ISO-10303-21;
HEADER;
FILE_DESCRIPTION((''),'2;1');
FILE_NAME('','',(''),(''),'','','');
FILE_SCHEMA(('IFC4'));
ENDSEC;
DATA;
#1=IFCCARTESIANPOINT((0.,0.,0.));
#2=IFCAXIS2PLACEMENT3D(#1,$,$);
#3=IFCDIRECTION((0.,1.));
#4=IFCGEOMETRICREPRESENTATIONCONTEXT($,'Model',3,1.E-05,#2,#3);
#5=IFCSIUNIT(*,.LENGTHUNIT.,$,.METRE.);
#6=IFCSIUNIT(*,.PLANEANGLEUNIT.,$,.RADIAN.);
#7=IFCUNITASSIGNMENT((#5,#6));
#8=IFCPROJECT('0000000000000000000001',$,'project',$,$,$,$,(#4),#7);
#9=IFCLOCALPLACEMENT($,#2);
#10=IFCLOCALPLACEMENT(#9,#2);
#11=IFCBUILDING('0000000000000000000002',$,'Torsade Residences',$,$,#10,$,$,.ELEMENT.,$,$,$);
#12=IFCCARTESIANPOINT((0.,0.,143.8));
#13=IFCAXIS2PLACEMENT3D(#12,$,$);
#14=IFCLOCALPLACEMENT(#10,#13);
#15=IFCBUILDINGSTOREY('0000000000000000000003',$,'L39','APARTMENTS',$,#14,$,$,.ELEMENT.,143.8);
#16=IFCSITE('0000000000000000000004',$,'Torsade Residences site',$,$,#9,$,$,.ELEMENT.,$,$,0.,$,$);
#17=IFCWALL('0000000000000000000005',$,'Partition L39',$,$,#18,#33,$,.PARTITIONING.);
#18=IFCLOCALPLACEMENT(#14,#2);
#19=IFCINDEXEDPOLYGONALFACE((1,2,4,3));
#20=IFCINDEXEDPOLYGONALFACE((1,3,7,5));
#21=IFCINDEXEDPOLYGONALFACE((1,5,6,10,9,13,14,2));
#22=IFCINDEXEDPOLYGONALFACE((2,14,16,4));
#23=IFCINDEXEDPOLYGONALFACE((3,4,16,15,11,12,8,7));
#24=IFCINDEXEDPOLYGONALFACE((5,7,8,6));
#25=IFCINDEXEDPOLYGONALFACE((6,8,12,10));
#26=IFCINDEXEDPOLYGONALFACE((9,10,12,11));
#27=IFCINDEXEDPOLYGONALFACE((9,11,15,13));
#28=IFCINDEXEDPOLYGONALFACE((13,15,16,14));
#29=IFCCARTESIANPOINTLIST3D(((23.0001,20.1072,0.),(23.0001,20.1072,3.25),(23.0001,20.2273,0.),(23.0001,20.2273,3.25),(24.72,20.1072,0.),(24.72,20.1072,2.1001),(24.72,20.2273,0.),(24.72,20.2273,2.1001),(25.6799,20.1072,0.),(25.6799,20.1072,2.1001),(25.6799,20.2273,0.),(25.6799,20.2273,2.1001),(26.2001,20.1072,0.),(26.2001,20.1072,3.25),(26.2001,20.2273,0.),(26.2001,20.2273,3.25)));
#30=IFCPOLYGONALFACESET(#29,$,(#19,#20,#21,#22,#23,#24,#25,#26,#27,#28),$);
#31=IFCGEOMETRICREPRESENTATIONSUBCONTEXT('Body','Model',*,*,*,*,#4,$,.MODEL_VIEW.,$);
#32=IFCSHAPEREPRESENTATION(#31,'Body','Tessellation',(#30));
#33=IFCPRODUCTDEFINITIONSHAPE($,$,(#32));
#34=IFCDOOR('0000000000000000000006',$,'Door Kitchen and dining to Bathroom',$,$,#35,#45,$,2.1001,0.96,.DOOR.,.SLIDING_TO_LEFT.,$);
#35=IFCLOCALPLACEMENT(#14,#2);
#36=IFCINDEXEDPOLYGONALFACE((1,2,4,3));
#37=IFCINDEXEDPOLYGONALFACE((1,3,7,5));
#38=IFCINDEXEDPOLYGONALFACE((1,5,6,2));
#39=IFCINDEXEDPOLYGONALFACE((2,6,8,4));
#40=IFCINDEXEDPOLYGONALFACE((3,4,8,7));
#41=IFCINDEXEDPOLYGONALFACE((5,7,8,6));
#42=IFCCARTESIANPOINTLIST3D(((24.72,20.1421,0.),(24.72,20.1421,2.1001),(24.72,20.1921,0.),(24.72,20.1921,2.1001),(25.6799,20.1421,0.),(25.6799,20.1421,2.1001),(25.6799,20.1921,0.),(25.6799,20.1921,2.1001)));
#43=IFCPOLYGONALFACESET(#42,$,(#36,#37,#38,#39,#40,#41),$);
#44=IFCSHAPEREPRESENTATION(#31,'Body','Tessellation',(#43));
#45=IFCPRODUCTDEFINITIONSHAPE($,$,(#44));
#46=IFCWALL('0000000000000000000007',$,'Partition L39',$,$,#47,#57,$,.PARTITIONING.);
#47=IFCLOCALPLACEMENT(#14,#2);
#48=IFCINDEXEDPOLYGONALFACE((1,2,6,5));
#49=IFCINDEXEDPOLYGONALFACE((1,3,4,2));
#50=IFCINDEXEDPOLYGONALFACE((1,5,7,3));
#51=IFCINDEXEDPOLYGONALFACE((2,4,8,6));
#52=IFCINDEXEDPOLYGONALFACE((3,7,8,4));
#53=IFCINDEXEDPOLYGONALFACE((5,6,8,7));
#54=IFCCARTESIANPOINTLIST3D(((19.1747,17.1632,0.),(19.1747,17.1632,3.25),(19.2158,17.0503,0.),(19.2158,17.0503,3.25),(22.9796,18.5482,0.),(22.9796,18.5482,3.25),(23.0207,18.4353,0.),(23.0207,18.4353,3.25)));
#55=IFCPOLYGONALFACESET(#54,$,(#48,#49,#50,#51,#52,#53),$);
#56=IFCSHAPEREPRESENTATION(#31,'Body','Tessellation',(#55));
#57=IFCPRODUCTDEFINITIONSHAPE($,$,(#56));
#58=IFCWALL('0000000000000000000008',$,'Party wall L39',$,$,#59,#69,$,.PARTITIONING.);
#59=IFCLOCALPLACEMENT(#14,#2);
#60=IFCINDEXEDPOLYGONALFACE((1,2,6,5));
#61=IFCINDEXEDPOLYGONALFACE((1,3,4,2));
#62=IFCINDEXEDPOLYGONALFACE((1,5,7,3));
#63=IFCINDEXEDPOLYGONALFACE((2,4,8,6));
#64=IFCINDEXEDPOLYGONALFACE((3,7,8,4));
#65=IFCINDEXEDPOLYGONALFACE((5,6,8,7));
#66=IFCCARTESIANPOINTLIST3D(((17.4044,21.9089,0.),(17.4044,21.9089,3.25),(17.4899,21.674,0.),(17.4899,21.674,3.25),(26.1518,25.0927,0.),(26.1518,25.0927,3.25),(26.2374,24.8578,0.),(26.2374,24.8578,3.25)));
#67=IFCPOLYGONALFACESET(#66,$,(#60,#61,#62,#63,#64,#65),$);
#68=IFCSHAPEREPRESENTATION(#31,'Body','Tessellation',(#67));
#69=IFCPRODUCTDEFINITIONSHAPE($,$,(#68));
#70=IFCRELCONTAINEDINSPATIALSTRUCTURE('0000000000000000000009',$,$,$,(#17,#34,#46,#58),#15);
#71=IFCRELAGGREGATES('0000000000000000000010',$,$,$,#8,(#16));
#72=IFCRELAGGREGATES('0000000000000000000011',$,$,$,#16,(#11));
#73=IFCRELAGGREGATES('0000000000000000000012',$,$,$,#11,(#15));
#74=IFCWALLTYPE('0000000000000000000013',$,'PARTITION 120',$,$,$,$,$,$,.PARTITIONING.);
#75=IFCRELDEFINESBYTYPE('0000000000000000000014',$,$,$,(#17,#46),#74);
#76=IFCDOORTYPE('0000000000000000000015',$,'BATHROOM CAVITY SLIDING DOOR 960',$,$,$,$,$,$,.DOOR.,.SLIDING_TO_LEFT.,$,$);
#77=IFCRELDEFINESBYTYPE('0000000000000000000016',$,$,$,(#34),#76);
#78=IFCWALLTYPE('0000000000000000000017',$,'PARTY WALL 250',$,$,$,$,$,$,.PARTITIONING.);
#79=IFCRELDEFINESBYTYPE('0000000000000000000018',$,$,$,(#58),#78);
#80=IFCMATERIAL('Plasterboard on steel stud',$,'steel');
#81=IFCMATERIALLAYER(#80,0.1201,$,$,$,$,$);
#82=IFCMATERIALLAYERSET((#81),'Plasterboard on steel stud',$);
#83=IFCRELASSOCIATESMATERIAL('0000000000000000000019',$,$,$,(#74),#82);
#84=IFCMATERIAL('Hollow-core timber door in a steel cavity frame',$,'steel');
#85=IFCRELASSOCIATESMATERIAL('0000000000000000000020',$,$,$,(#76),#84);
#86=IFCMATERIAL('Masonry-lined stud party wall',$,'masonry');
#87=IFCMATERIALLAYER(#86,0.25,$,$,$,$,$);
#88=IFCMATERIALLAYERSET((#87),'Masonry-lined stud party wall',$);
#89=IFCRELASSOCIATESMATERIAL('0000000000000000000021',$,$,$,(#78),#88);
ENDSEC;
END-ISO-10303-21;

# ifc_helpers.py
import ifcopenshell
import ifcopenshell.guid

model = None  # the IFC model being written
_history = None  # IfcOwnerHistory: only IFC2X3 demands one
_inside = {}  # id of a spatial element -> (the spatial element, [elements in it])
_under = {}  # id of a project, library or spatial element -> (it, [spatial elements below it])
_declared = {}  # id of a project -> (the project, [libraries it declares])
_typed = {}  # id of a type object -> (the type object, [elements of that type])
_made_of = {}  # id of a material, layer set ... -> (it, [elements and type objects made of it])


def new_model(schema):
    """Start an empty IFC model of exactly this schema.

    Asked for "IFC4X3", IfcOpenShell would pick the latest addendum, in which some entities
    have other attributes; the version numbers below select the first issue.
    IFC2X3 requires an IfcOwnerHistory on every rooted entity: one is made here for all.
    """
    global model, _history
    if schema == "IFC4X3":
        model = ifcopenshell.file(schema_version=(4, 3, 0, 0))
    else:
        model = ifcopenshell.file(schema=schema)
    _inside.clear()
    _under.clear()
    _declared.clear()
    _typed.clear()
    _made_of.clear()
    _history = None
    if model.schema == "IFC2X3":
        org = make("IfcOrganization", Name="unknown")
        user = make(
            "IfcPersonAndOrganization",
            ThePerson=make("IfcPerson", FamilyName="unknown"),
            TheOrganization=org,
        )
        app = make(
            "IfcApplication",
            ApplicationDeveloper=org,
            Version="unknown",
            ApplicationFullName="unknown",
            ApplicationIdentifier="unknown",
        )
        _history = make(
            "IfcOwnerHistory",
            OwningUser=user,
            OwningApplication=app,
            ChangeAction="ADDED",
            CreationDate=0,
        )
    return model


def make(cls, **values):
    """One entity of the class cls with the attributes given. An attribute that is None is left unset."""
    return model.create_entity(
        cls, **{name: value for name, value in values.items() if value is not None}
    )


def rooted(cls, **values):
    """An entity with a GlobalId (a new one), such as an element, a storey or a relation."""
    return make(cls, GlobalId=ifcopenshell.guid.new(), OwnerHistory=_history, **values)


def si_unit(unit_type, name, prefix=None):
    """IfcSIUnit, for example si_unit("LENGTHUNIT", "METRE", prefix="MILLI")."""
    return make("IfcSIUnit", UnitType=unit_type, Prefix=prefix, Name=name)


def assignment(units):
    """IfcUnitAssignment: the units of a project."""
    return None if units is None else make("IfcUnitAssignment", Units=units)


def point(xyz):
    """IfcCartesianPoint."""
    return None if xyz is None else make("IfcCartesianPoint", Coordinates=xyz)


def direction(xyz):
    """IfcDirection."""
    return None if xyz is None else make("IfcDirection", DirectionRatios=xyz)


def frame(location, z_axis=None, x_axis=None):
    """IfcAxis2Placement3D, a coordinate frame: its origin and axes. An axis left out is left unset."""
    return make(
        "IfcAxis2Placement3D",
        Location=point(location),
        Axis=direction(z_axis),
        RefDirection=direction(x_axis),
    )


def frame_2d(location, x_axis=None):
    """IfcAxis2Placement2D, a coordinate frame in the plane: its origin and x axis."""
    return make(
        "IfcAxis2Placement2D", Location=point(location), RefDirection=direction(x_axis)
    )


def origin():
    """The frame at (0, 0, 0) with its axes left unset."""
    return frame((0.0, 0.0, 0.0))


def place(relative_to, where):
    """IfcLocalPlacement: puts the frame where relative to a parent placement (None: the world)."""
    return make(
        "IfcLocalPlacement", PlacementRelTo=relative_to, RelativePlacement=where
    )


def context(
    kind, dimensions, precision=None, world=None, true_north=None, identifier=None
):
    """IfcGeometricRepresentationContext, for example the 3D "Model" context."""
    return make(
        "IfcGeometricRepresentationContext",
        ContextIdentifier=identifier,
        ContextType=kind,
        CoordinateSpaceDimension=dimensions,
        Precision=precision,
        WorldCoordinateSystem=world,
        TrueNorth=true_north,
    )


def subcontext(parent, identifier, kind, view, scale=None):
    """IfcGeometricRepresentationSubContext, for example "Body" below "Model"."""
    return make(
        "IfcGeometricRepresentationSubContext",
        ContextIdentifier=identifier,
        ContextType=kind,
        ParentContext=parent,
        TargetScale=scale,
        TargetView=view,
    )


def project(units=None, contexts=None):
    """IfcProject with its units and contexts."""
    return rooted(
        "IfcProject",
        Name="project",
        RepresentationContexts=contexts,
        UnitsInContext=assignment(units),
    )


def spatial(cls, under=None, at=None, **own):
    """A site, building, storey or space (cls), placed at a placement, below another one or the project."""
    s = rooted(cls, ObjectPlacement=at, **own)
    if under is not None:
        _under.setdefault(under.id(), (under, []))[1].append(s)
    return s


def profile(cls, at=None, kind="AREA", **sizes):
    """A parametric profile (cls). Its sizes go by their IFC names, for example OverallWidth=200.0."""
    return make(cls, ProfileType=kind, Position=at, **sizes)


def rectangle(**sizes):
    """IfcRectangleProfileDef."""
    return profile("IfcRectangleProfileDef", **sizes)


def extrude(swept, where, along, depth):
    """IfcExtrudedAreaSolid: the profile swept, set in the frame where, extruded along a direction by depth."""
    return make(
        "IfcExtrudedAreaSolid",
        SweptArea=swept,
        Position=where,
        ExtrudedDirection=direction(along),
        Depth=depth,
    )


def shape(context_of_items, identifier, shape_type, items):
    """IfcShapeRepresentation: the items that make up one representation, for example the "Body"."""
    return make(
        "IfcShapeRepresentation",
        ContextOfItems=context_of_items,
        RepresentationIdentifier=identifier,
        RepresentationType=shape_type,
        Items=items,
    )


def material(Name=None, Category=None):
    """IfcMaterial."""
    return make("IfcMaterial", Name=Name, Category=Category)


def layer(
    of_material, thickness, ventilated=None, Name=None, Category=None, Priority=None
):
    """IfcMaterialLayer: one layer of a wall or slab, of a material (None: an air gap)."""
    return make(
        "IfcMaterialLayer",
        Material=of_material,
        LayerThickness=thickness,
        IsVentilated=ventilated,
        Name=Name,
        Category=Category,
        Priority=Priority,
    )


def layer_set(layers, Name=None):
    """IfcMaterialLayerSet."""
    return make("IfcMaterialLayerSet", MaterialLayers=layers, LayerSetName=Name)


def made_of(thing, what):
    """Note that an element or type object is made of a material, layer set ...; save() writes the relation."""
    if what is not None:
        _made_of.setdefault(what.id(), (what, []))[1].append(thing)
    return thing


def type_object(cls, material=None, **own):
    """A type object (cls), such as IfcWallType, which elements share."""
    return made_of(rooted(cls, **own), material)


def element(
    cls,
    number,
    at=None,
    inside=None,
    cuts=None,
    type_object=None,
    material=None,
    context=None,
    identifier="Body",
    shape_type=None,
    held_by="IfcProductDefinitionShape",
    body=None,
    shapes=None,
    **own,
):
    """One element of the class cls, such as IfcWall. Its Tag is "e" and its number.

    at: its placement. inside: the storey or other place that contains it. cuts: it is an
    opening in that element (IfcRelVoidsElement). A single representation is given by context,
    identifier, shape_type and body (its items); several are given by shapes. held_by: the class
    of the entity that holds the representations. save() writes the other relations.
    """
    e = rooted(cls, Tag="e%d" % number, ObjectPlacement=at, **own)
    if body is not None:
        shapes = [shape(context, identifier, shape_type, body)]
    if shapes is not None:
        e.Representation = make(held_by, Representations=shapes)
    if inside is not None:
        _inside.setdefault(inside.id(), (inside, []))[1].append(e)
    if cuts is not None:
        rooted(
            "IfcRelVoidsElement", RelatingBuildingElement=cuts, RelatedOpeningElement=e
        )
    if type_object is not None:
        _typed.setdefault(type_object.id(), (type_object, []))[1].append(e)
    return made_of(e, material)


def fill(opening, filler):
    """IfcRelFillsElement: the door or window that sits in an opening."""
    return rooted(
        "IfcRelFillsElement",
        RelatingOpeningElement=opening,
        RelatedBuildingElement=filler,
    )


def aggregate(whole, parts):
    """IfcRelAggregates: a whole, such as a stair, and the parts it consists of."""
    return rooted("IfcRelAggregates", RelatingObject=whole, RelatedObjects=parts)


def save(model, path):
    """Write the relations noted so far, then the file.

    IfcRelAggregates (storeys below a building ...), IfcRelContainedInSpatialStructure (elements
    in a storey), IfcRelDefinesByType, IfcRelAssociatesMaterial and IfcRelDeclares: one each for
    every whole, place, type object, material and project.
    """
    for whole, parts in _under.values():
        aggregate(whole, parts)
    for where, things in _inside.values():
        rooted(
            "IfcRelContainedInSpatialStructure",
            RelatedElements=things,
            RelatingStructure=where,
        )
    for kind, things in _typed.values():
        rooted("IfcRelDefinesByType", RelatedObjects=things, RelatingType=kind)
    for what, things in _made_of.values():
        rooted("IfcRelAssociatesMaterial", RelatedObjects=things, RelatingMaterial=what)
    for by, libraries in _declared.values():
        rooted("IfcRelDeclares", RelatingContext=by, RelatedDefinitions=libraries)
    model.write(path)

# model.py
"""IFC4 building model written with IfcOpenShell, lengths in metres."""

from ifc_helpers import new_model, si_unit, direction, frame, frame_2d, origin, place, context, subcontext, project, spatial, rectangle, extrude, material, layer, layer_set, type_object, element, fill, save


model = new_model("IFC4")

# Units and contexts
model_context = context("Model", 3, precision=1e-05, world=origin(), true_north=direction((0.0, 1.0)))
body_context = subcontext(model_context, "Body", "Model", "MODEL_VIEW")
ifc_project = project(units=[si_unit("LENGTHUNIT", "METRE"), si_unit("PLANEANGLEUNIT", "RADIAN")], contexts=[model_context])

# Site, building, storey
site_placement = place(None, origin())
site = spatial("IfcSite", under=ifc_project, at=site_placement, Name="Torsade Residences site", CompositionType="ELEMENT", RefElevation=0.0)
building_placement = place(site_placement, origin())
building = spatial("IfcBuilding", under=site, at=building_placement, Name="Torsade Residences", CompositionType="ELEMENT")
storey_placement = place(building_placement, frame((0.0, 0.0, 143.8)))
storey = spatial("IfcBuildingStorey", under=building, at=storey_placement, Name="L39", Description="APARTMENTS", CompositionType="ELEMENT", Elevation=143.8)

# Wall, opening, door
ifc_material_1 = material(Name="Plasterboard on steel stud", Category="steel")
ifc_layer_1 = layer(ifc_material_1, 0.1201)
ifc_layer_set_1 = layer_set([ifc_layer_1], Name="Plasterboard on steel stud")
wall_type_1 = type_object("IfcWallType", Name="PARTITION 120", PredefinedType="PARTITIONING", material=ifc_layer_set_1)
wall_1_placement = place(storey_placement, frame((23.0, 20.1672, 0.0), z_axis=(0.0, 0.0, 1.0), x_axis=(1.0, 0.0, 0.0)))
wall_1 = element("IfcWall", 1, at=wall_1_placement, inside=storey, type_object=wall_type_1, Name="Partition L39", PredefinedType="PARTITIONING", context=body_context, shape_type="SweptSolid", body=[
    extrude(rectangle(XDim=3.2, YDim=0.1201, at=frame_2d((1.6001, 0.0))), origin(), (0.0, 0.0, 1.0), 3.25),
])
opening_1_placement = place(wall_1_placement, frame((1.72, 0.0, 0.0)))
opening_1 = element("IfcOpeningElement", 2, at=opening_1_placement, cuts=wall_1, PredefinedType="OPENING", context=body_context, shape_type="SweptSolid", body=[
    extrude(rectangle(XDim=0.96, YDim=2.1001, at=frame_2d((0.48, 1.05))), frame((0.0, 0.0701, 0.0), z_axis=(0.0, -1.0, 0.0), x_axis=(1.0, 0.0, 0.0)), (0.0, 0.0, 1.0), 0.1401),
])
ifc_material_2 = material(Name="Hollow-core timber door in a steel cavity frame", Category="steel")
door_type_1 = type_object("IfcDoorType", Name="BATHROOM CAVITY SLIDING DOOR 960", OperationType="SLIDING_TO_LEFT", PredefinedType="DOOR", material=ifc_material_2)
door_1_placement = place(opening_1_placement, origin())
door_1 = element("IfcDoor", 3, at=door_1_placement, inside=storey, type_object=door_type_1, Name="Door Kitchen and dining to Bathroom", OperationType="SLIDING_TO_LEFT", OverallHeight=2.1001, OverallWidth=0.96, PredefinedType="DOOR", context=body_context, shape_type="SweptSolid", body=[
    extrude(rectangle(XDim=0.96, YDim=2.1001, at=frame_2d((0.48, 1.05))), frame((0.0, 0.0249, 0.0), z_axis=(0.0, -1.0, 0.0), x_axis=(1.0, 0.0, 0.0)), (0.0, 0.0, 1.0), 0.05),
])
fill(opening_1, door_1)

# Walls
wall_2_placement = place(storey_placement, frame((23.0, 18.4917, 0.0), z_axis=(0.0, 0.0, 1.0), x_axis=(-0.939682, -0.342048, 0.0)))
element("IfcWall", 4, at=wall_2_placement, inside=storey, type_object=wall_type_1, Name="Partition L39", PredefinedType="PARTITIONING", context=body_context, shape_type="SweptSolid", body=[
    extrude(rectangle(XDim=4.0491, YDim=0.1201, at=frame_2d((2.0244, 0.0))), origin(), (0.0, 0.0, 1.0), 3.25),
])
ifc_material_3 = material(Name="Masonry-lined stud party wall", Category="masonry")
ifc_layer_2 = layer(ifc_material_3, 0.25)
ifc_layer_set_2 = layer_set([ifc_layer_2], Name="Masonry-lined stud party wall")
wall_type_2 = type_object("IfcWallType", Name="PARTY WALL 250", PredefinedType="PARTITIONING", material=ifc_layer_set_2)
wall_3_placement = place(storey_placement, frame((17.4473, 21.7915, 0.0), z_axis=(0.0, 0.0, 1.0), x_axis=(0.939693, 0.342019, 0.0)))
element("IfcWall", 5, at=wall_3_placement, inside=storey, type_object=wall_type_2, Name="Party wall L39", PredefinedType="PARTITIONING", context=body_context, shape_type="SweptSolid", body=[
    extrude(rectangle(XDim=9.3088, YDim=0.25, at=frame_2d((4.6543, 0.0))), origin(), (0.0, 0.0, 1.0), 3.25),
])

save(model, "model.ifc")
